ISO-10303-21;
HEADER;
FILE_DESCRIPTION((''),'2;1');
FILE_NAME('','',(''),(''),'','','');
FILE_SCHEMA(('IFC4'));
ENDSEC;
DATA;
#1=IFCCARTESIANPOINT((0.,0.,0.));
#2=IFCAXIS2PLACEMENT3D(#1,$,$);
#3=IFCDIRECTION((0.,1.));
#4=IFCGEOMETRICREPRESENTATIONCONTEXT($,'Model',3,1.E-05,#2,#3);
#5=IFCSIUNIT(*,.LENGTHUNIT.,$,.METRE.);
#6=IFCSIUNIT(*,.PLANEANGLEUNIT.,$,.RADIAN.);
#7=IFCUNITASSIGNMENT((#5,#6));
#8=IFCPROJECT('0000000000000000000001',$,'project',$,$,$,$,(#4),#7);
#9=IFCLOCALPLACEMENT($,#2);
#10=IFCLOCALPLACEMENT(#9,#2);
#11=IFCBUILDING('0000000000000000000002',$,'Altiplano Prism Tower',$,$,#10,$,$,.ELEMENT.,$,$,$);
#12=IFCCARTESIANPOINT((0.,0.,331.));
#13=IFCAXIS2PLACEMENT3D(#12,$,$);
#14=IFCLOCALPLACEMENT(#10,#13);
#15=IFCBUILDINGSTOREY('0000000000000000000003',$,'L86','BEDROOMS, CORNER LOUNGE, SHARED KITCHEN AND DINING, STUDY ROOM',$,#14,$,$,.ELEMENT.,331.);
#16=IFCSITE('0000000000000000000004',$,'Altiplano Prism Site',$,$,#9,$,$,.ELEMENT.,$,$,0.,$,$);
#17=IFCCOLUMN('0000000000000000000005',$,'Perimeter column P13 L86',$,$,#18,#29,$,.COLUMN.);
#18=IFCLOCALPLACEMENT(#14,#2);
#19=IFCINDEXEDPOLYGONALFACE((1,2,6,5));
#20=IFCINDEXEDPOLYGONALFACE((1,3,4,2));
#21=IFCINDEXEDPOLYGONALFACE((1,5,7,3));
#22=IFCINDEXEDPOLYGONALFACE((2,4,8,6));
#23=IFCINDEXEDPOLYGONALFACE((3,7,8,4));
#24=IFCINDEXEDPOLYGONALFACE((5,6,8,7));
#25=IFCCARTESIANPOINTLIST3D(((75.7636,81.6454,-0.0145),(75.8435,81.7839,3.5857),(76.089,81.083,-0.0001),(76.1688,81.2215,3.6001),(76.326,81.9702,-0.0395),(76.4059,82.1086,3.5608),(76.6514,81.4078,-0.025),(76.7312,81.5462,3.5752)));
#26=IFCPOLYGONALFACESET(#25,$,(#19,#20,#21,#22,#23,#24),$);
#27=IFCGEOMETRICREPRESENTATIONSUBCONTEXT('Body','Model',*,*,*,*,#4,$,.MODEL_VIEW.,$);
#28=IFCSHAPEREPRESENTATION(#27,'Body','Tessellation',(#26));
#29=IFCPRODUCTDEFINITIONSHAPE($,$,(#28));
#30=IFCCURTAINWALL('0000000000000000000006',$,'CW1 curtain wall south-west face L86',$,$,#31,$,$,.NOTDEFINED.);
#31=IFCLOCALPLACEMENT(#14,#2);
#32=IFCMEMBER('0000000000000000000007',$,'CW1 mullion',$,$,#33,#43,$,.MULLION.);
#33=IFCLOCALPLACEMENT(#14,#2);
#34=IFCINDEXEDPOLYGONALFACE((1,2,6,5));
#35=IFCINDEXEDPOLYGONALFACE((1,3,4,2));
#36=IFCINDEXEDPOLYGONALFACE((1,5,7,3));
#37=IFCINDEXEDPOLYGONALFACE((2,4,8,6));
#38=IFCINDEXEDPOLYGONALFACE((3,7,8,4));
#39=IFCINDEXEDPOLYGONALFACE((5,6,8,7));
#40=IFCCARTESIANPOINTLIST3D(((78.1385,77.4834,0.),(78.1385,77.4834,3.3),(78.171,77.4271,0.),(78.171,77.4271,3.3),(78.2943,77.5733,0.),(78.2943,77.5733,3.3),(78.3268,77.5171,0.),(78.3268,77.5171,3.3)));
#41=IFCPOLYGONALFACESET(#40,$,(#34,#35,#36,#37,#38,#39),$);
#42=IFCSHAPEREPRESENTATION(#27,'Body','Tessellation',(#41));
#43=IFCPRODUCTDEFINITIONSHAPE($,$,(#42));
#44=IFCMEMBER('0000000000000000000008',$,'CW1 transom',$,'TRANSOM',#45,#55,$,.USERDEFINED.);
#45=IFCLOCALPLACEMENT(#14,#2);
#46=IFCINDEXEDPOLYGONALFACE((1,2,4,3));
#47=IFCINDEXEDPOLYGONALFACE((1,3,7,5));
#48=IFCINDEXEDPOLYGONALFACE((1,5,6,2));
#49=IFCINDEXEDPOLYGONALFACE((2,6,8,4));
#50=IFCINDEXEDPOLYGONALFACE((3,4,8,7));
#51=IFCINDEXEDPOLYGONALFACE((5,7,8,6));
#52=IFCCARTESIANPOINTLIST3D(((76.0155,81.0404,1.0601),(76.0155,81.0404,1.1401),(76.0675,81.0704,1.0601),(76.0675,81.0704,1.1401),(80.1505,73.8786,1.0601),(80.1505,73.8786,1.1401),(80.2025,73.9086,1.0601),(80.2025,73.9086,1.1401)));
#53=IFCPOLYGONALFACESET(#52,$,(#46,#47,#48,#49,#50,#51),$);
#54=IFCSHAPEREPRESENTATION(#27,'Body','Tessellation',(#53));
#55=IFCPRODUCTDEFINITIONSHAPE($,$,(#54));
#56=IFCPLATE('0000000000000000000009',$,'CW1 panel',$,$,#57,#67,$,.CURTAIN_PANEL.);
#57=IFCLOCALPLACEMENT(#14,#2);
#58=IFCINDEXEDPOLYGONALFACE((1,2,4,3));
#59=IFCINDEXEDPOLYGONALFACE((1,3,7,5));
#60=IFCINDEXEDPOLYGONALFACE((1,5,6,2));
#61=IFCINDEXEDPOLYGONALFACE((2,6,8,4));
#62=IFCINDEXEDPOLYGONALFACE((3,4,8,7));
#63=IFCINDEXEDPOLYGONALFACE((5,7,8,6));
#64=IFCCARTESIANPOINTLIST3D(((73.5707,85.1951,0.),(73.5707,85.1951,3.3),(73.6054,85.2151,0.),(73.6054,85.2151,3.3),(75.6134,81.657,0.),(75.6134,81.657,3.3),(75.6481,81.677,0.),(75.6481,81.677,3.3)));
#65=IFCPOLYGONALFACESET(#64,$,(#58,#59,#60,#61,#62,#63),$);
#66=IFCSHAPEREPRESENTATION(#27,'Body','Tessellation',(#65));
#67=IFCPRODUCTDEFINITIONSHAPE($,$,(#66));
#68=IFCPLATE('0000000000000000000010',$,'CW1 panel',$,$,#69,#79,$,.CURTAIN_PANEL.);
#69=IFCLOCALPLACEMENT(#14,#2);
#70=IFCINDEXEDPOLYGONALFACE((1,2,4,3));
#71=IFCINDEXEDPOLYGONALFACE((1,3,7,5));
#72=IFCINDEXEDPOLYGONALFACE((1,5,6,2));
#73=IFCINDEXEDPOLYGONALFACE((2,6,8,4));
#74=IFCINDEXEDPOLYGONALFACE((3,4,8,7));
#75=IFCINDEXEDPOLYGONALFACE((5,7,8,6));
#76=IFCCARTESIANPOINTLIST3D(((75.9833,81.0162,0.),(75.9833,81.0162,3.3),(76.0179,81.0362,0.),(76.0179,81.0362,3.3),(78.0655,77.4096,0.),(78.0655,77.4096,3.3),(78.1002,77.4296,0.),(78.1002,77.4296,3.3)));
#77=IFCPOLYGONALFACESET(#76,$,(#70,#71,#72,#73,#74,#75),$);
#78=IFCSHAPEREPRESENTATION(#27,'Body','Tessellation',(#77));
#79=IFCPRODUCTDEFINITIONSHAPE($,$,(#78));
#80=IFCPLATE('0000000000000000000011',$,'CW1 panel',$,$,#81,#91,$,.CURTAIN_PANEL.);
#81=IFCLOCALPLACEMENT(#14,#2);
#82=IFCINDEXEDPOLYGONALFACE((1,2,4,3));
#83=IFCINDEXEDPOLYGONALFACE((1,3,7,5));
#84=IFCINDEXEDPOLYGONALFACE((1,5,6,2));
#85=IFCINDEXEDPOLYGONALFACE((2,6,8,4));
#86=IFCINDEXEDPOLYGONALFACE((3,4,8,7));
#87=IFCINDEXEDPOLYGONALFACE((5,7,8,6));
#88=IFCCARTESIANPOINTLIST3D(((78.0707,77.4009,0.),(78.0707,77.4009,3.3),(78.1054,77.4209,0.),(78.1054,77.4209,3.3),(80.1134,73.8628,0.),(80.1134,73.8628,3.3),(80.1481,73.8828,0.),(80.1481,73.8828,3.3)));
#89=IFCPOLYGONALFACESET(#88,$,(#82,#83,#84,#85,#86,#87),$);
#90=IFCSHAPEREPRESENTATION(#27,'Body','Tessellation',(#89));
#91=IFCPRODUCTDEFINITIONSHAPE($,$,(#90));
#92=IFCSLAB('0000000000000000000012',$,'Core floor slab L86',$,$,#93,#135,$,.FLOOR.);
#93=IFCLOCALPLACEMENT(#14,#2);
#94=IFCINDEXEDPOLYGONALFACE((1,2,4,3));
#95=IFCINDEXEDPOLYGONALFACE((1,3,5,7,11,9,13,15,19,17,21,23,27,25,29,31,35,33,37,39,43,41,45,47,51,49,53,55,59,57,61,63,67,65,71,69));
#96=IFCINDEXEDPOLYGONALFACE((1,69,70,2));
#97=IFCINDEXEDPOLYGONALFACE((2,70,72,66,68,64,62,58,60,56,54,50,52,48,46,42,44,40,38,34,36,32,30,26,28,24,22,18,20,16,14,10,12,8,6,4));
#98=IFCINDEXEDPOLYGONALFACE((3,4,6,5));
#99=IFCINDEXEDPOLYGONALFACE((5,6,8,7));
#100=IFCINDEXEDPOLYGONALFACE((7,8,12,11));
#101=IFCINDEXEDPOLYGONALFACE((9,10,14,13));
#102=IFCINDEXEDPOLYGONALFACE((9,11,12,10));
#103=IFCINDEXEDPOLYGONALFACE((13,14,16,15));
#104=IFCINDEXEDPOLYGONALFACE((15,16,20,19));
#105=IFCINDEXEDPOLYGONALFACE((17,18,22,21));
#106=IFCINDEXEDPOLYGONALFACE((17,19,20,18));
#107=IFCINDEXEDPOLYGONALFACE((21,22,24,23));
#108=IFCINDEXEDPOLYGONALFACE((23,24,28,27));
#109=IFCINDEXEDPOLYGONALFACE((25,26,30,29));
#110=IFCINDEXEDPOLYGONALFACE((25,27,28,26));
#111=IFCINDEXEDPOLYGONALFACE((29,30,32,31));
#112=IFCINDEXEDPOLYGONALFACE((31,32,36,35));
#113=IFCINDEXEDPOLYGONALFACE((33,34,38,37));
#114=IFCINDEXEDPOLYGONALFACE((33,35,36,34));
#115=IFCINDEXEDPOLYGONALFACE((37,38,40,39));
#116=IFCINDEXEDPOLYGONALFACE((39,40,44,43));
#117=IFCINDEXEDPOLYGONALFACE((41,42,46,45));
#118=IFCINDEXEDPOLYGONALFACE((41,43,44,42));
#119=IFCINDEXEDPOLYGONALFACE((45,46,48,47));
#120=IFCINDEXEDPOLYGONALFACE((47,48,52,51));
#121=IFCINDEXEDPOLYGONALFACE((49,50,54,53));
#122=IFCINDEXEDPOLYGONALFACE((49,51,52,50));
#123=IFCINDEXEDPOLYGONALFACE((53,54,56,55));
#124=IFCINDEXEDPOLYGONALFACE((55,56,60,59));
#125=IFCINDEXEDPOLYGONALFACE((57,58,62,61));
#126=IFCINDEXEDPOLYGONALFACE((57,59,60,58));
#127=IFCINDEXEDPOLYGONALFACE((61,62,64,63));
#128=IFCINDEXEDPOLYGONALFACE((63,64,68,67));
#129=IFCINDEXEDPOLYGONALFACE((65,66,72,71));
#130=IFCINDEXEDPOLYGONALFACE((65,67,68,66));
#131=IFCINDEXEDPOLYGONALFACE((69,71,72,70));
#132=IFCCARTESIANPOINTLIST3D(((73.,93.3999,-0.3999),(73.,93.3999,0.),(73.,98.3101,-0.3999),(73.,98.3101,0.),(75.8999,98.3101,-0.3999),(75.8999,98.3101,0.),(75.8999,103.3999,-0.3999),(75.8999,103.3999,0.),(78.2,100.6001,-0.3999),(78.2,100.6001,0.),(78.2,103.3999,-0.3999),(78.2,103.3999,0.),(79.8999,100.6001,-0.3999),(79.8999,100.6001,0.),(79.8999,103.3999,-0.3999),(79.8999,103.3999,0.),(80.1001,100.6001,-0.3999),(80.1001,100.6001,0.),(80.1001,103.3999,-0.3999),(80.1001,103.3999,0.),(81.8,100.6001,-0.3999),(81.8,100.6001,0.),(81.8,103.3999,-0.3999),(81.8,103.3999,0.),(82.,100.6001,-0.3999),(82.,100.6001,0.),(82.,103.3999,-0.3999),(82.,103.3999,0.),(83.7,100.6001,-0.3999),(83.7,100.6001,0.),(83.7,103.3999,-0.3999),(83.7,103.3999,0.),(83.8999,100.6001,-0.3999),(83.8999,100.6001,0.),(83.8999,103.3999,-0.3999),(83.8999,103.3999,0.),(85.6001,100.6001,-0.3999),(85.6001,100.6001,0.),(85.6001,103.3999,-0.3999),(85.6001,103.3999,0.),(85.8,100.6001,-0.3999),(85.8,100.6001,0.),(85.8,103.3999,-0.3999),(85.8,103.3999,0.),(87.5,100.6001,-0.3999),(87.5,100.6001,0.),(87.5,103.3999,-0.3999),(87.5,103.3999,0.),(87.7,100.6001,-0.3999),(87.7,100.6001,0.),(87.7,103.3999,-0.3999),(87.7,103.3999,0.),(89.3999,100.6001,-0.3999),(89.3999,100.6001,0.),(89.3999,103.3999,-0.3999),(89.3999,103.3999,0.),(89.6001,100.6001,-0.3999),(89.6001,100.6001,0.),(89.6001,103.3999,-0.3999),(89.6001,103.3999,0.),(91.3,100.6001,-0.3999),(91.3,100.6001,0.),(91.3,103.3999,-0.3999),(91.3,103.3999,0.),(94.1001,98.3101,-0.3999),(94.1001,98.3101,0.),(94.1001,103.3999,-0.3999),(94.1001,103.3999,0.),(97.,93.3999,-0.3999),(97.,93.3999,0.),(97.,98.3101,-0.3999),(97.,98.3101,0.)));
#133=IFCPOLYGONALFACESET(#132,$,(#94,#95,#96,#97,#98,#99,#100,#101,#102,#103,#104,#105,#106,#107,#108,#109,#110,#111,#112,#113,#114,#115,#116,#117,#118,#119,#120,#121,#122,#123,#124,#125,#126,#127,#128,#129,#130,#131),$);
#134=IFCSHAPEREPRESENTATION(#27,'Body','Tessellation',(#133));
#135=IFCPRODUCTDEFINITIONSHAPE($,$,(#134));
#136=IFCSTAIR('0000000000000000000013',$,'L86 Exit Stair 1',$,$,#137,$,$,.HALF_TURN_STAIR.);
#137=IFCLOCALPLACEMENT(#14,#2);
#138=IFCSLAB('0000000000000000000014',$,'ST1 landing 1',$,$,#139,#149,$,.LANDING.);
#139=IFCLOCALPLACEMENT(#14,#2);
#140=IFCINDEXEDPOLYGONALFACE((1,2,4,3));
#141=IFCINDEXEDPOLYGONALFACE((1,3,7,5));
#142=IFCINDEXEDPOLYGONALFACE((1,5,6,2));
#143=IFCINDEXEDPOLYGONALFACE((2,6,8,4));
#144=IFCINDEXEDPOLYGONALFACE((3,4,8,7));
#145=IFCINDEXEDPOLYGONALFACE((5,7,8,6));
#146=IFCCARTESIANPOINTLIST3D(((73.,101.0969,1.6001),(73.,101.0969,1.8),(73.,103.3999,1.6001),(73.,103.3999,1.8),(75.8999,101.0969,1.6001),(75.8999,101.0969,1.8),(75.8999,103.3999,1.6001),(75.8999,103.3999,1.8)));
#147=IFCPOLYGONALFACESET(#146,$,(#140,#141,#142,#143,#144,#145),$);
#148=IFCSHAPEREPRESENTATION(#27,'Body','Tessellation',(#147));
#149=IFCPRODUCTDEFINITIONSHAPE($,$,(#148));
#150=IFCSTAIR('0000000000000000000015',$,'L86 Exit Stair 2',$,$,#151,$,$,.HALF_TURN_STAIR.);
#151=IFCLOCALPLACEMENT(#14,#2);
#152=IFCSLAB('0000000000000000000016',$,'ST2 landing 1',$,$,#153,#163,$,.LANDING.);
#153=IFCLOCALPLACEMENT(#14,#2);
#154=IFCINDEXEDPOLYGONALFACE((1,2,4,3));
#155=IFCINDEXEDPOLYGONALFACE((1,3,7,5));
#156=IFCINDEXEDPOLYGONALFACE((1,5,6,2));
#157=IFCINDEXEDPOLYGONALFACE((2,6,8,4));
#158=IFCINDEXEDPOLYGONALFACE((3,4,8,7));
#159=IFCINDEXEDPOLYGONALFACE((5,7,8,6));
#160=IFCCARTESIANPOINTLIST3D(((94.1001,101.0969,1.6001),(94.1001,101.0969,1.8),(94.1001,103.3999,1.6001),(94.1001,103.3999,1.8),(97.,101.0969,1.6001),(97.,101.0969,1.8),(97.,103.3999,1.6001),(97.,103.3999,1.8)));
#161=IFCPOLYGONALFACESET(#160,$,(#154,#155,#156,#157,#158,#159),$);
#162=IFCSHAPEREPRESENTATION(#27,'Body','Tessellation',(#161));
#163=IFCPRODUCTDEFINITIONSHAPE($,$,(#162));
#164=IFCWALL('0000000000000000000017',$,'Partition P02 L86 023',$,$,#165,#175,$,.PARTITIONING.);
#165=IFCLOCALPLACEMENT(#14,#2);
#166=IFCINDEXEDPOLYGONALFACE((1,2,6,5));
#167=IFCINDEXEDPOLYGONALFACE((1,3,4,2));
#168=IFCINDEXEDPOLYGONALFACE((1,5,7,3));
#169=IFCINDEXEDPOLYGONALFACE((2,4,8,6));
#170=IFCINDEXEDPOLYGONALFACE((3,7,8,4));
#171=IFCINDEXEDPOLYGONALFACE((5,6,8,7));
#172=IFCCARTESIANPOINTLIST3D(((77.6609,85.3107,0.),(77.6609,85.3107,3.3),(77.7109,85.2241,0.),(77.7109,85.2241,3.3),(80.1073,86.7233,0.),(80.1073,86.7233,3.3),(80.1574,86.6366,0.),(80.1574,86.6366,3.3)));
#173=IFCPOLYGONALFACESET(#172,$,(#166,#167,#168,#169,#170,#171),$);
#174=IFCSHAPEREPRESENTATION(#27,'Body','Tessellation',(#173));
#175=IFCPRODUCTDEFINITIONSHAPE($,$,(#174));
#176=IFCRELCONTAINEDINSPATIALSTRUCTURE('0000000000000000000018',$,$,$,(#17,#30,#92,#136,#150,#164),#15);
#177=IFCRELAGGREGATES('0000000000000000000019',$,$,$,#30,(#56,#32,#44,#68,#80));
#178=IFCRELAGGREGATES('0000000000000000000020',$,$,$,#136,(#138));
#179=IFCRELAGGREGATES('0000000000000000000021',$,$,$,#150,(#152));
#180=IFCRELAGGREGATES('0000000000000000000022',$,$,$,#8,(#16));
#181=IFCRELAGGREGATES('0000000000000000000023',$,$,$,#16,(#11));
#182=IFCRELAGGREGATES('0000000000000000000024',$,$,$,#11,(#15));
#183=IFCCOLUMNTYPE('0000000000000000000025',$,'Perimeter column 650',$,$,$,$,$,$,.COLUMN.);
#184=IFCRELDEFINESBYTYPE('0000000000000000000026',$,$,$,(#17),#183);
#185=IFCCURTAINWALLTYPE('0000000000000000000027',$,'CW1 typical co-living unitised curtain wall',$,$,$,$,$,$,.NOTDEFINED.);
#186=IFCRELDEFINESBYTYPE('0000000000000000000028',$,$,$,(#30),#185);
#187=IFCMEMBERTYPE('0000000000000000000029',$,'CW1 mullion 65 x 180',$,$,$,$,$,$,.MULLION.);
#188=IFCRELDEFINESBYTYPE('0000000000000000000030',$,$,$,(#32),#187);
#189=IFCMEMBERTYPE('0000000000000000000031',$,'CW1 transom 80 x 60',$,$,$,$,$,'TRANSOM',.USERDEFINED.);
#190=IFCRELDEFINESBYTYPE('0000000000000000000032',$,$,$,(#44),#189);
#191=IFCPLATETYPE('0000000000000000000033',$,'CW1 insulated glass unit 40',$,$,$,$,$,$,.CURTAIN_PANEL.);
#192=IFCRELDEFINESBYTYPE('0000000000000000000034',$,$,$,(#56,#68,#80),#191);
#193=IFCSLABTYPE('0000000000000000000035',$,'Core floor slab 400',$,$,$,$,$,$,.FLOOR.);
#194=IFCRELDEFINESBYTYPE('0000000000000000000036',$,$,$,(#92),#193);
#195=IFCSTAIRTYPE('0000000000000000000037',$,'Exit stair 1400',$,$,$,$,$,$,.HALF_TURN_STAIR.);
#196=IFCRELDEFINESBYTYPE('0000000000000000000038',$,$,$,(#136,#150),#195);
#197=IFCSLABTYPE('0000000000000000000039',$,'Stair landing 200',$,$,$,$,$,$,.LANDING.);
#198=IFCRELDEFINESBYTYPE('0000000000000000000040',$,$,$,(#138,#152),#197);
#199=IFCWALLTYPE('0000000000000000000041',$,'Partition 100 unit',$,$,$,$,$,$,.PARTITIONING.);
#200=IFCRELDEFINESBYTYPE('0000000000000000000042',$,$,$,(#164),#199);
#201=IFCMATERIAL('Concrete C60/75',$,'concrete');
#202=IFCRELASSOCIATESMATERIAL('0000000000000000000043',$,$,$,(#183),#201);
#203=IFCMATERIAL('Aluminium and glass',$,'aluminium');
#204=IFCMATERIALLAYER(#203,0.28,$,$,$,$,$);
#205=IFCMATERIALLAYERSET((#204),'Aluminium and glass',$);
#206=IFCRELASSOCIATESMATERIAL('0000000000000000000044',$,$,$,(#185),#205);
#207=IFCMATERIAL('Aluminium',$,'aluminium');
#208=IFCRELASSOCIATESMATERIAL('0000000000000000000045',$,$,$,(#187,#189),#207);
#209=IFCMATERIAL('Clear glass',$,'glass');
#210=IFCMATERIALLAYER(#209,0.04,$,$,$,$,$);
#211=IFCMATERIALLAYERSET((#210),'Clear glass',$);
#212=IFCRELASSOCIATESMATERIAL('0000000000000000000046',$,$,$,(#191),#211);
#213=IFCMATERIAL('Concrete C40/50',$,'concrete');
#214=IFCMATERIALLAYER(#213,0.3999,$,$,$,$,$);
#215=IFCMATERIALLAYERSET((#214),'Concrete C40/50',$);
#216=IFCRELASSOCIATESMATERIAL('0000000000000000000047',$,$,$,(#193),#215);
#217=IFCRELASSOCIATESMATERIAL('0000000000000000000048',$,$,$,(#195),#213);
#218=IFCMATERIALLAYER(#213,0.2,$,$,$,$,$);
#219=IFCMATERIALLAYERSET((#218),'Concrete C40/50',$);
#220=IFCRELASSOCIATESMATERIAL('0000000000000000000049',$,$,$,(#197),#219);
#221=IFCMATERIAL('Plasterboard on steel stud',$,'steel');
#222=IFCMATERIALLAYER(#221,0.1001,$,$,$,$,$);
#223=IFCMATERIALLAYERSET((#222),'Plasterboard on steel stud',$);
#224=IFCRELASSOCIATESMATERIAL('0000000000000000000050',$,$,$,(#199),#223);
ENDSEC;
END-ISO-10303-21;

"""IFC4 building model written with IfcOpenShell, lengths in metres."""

from ifc_helpers import new_model, si_unit, direction, frame, frame_2d, origin, origin_2d, place, context, subcontext, project, spatial, polyline, rectangle, outline, extrude, material, layer, layer_set, material_profile, profile_set, type_object, element, aggregate, save


model = new_model("IFC4")

# Units and contexts
model_context = context("Model", 3, precision=1e-05, world=origin(), true_north=direction((0.0, 1.0)))
body_context = subcontext(model_context, "Body", "Model", "MODEL_VIEW")
ifc_project = project(units=[si_unit("LENGTHUNIT", "METRE"), si_unit("PLANEANGLEUNIT", "RADIAN")], contexts=[model_context])

# Site, building, storey
site_placement = place(None, origin())
site = spatial("IfcSite", under=ifc_project, at=site_placement, Name="Altiplano Prism Site", CompositionType="ELEMENT", RefElevation=0.0)
building_placement = place(site_placement, origin())
building = spatial("IfcBuilding", under=site, at=building_placement, Name="Altiplano Prism Tower", CompositionType="ELEMENT")
storey_placement = place(building_placement, frame((0.0, 0.0, 331.0)))
storey = spatial("IfcBuildingStorey", under=building, at=storey_placement, Name="L86", Description="BEDROOMS, CORNER LOUNGE, SHARED KITCHEN AND DINING, STUDY ROOM", CompositionType="ELEMENT", Elevation=331.0)

# Column
ifc_material_1 = material(Name="Concrete C60/75", Category="concrete")
ifc_material_profile_1 = material_profile(ifc_material_1, rectangle(XDim=0.6499, YDim=0.6499, at=origin_2d()), Name="Perimeter column 650")
ifc_profile_set_1 = profile_set([ifc_material_profile_1], Name="Concrete C60/75")
column_type = type_object("IfcColumnType", Name="Perimeter column 650", PredefinedType="COLUMN", material=ifc_profile_set_1)
column_placement = place(storey_placement, frame((76.2075, 81.5266, -0.0198), z_axis=(0.022154, 0.038413, 0.999016), x_axis=(-0.865365, -0.499668, 0.038403)))
element("IfcColumn", 1, at=column_placement, inside=storey, type_object=column_type, Name="Perimeter column P13 L86", PredefinedType="COLUMN", context=body_context, shape_type="SweptSolid", body=[
    extrude(rectangle(XDim=0.6499, YDim=0.6499, at=origin_2d()), origin(), (0.0, 0.0, 1.0), 3.6038),
])

# Curtain wall, members, plates
ifc_material_2 = material(Name="Aluminium and glass", Category="aluminium")
ifc_layer_1 = layer(ifc_material_2, 0.28)
ifc_layer_set_1 = layer_set([ifc_layer_1], Name="Aluminium and glass")
curtain_wall_type = type_object("IfcCurtainWallType", Name="CW1 typical co-living unitised curtain wall", PredefinedType="NOTDEFINED", material=ifc_layer_set_1)
curtain_wall_placement = place(storey_placement, origin())
curtain_wall = element("IfcCurtainWall", 2, at=curtain_wall_placement, inside=storey, type_object=curtain_wall_type, Name="CW1 curtain wall south-west face L86", PredefinedType="NOTDEFINED")
ifc_material_3 = material(Name="Aluminium", Category="aluminium")
ifc_material_profile_2 = material_profile(ifc_material_3, rectangle(XDim=0.1799, YDim=0.0649, at=origin_2d()), Name="CW1 mullion 65 x 180")
ifc_profile_set_2 = profile_set([ifc_material_profile_2], Name="Aluminium")
member_type_1 = type_object("IfcMemberType", Name="CW1 mullion 65 x 180", PredefinedType="MULLION", material=ifc_profile_set_2)
member_1_placement = place(storey_placement, frame((78.2327, 77.5002, 0.0), z_axis=(0.0, 0.0, 1.0), x_axis=(0.866025, 0.5, 0.0)))
member_1 = element("IfcMember", 3, at=member_1_placement, type_object=member_type_1, Name="CW1 mullion", PredefinedType="MULLION", context=body_context, shape_type="SweptSolid", body=[
    extrude(rectangle(XDim=0.1799, YDim=0.0649, at=origin_2d()), origin(), (0.0, 0.0, 1.0), 3.3),
])
ifc_material_profile_3 = material_profile(ifc_material_3, rectangle(XDim=0.0601, YDim=0.0801, at=origin_2d()), Name="CW1 transom 80 x 60")
ifc_profile_set_3 = profile_set([ifc_material_profile_3], Name="Aluminium")
member_type_2 = type_object("IfcMemberType", Name="CW1 transom 80 x 60", ElementType="TRANSOM", PredefinedType="USERDEFINED", material=ifc_profile_set_3)
member_2_placement = place(storey_placement, frame((76.0415, 81.0554, 1.1001), z_axis=(0.50001, -0.86602, 0.0), x_axis=(0.86602, 0.50001, 0.0)))
member_2 = element("IfcMember", 4, at=member_2_placement, type_object=member_type_2, Name="CW1 transom", ObjectType="TRANSOM", PredefinedType="USERDEFINED", context=body_context, shape_type="SweptSolid", body=[
    extrude(rectangle(XDim=0.0601, YDim=0.0801, at=origin_2d()), origin(), (0.0, 0.0, 1.0), 8.2698),
])
ifc_material_4 = material(Name="Clear glass", Category="glass")
ifc_layer_2 = layer(ifc_material_4, 0.04)
ifc_layer_set_2 = layer_set([ifc_layer_2], Name="Clear glass")
plate_type = type_object("IfcPlateType", Name="CW1 insulated glass unit 40", PredefinedType="CURTAIN_PANEL", material=ifc_layer_set_2)
plate_1_placement = place(storey_placement, frame((74.6094, 83.436, 0.0), z_axis=(0.0, 0.0, 1.0), x_axis=(0.5, -0.866025, 0.0)))
plate_1 = element("IfcPlate", 5, at=plate_1_placement, type_object=plate_type, Name="CW1 panel", PredefinedType="CURTAIN_PANEL", context=body_context, shape_type="SweptSolid", body=[
    extrude(rectangle(XDim=4.0854, YDim=0.04, at=origin_2d()), origin(), (0.0, 0.0, 1.0), 3.3),
])
plate_2_placement = place(storey_placement, frame((77.0417, 79.2229, 0.0), z_axis=(0.0, 0.0, 1.0), x_axis=(0.5, -0.866025, 0.0)))
plate_2 = element("IfcPlate", 6, at=plate_2_placement, type_object=plate_type, Name="CW1 panel", PredefinedType="CURTAIN_PANEL", context=body_context, shape_type="SweptSolid", body=[
    extrude(rectangle(XDim=4.1646, YDim=0.04, at=origin_2d()), origin(), (0.0, 0.0, 1.0), 3.3),
])
plate_3_placement = place(storey_placement, frame((79.1094, 75.6418, 0.0), z_axis=(0.0, 0.0, 1.0), x_axis=(0.5, -0.866025, 0.0)))
plate_3 = element("IfcPlate", 7, at=plate_3_placement, type_object=plate_type, Name="CW1 panel", PredefinedType="CURTAIN_PANEL", context=body_context, shape_type="SweptSolid", body=[
    extrude(rectangle(XDim=4.0854, YDim=0.04, at=origin_2d()), origin(), (0.0, 0.0, 1.0), 3.3),
])
aggregate(curtain_wall, [plate_1, member_1, member_2, plate_2, plate_3])

# Slab
ifc_material_5 = material(Name="Concrete C40/50", Category="concrete")
ifc_layer_3 = layer(ifc_material_5, 0.3999)
ifc_layer_set_3 = layer_set([ifc_layer_3], Name="Concrete C40/50")
slab_type_1 = type_object("IfcSlabType", Name="Core floor slab 400", PredefinedType="FLOOR", material=ifc_layer_set_3)
slab_1_placement = place(storey_placement, frame((0.0, 0.0, -0.3999)))
element("IfcSlab", 8, at=slab_1_placement, inside=storey, type_object=slab_type_1, Name="Core floor slab L86", PredefinedType="FLOOR", context=body_context, shape_type="SweptSolid", body=[
    extrude(outline(polyline([(97.0, 98.3101), (94.1001, 98.3101), (94.1001, 103.3999), (91.3, 103.3999), (91.3, 100.6001), (89.6001, 100.6001), (89.6001, 103.3999), (89.3999, 103.3999), (89.3999, 100.6001), (87.7, 100.6001), (87.7, 103.3999), (87.5, 103.3999), (87.5, 100.6001), (85.8, 100.6001), (85.8, 103.3999), (85.6001, 103.3999), (85.6001, 100.6001), (83.8999, 100.6001), (83.8999, 103.3999), (83.7, 103.3999), (83.7, 100.6001), (82.0, 100.6001), (82.0, 103.3999), (81.8, 103.3999), (81.8, 100.6001), (80.1001, 100.6001), (80.1001, 103.3999), (79.8999, 103.3999), (79.8999, 100.6001), (78.2, 100.6001), (78.2, 103.3999), (75.8999, 103.3999), (75.8999, 98.3101), (73.0, 98.3101), (73.0, 93.3999), (97.0, 93.3999), (97.0, 98.3101)])), origin(), (0.0, 0.0, 1.0), 0.3999),
])

# Stairs, slabs
stair_type = type_object("IfcStairType", Name="Exit stair 1400", PredefinedType="HALF_TURN_STAIR", material=ifc_material_5)
stair_1_placement = place(storey_placement, origin())
stair_1 = element("IfcStair", 9, at=stair_1_placement, inside=storey, type_object=stair_type, Name="L86 Exit Stair 1", PredefinedType="HALF_TURN_STAIR")
ifc_layer_4 = layer(ifc_material_5, 0.2)
ifc_layer_set_4 = layer_set([ifc_layer_4], Name="Concrete C40/50")
slab_type_2 = type_object("IfcSlabType", Name="Stair landing 200", PredefinedType="LANDING", material=ifc_layer_set_4)
slab_2_placement = place(storey_placement, frame((0.0, 0.0, 1.6001)))
slab_2 = element("IfcSlab", 10, at=slab_2_placement, type_object=slab_type_2, Name="ST1 landing 1", PredefinedType="LANDING", context=body_context, shape_type="SweptSolid", body=[
    extrude(outline(polyline([(75.8999, 101.0969), (75.8999, 103.3999), (73.0, 103.3999), (73.0, 101.0969), (75.8999, 101.0969)])), origin(), (0.0, 0.0, 1.0), 0.2),
])
aggregate(stair_1, [slab_2])
stair_2_placement = place(storey_placement, origin())
stair_2 = element("IfcStair", 11, at=stair_2_placement, inside=storey, type_object=stair_type, Name="L86 Exit Stair 2", PredefinedType="HALF_TURN_STAIR")
slab_3_placement = place(storey_placement, frame((0.0, 0.0, 1.6001)))
slab_3 = element("IfcSlab", 12, at=slab_3_placement, type_object=slab_type_2, Name="ST2 landing 1", PredefinedType="LANDING", context=body_context, shape_type="SweptSolid", body=[
    extrude(outline(polyline([(97.0, 101.0969), (97.0, 103.3999), (94.1001, 103.3999), (94.1001, 101.0969), (97.0, 101.0969)])), origin(), (0.0, 0.0, 1.0), 0.2),
])
aggregate(stair_2, [slab_3])

# Wall
ifc_material_6 = material(Name="Plasterboard on steel stud", Category="steel")
ifc_layer_5 = layer(ifc_material_6, 0.1001)
ifc_layer_set_5 = layer_set([ifc_layer_5], Name="Plasterboard on steel stud")
wall_type_1 = type_object("IfcWallType", Name="Partition 100 unit", PredefinedType="PARTITIONING", material=ifc_layer_set_5)
wall_1_placement = place(storey_placement, frame((77.6858, 85.2673, 0.0), z_axis=(0.0, 0.0, 1.0), x_axis=(0.866011, 0.500024, 0.0)))
element("IfcWall", 13, at=wall_1_placement, inside=storey, type_object=wall_type_1, Name="Partition P02 L86 023", PredefinedType="PARTITIONING", context=body_context, shape_type="SweptSolid", body=[
    extrude(rectangle(XDim=2.825, YDim=0.1001, at=frame_2d((1.4126, 0.0))), origin(), (0.0, 0.0, 1.0), 3.3),
])

save(model, "model.ifc")
